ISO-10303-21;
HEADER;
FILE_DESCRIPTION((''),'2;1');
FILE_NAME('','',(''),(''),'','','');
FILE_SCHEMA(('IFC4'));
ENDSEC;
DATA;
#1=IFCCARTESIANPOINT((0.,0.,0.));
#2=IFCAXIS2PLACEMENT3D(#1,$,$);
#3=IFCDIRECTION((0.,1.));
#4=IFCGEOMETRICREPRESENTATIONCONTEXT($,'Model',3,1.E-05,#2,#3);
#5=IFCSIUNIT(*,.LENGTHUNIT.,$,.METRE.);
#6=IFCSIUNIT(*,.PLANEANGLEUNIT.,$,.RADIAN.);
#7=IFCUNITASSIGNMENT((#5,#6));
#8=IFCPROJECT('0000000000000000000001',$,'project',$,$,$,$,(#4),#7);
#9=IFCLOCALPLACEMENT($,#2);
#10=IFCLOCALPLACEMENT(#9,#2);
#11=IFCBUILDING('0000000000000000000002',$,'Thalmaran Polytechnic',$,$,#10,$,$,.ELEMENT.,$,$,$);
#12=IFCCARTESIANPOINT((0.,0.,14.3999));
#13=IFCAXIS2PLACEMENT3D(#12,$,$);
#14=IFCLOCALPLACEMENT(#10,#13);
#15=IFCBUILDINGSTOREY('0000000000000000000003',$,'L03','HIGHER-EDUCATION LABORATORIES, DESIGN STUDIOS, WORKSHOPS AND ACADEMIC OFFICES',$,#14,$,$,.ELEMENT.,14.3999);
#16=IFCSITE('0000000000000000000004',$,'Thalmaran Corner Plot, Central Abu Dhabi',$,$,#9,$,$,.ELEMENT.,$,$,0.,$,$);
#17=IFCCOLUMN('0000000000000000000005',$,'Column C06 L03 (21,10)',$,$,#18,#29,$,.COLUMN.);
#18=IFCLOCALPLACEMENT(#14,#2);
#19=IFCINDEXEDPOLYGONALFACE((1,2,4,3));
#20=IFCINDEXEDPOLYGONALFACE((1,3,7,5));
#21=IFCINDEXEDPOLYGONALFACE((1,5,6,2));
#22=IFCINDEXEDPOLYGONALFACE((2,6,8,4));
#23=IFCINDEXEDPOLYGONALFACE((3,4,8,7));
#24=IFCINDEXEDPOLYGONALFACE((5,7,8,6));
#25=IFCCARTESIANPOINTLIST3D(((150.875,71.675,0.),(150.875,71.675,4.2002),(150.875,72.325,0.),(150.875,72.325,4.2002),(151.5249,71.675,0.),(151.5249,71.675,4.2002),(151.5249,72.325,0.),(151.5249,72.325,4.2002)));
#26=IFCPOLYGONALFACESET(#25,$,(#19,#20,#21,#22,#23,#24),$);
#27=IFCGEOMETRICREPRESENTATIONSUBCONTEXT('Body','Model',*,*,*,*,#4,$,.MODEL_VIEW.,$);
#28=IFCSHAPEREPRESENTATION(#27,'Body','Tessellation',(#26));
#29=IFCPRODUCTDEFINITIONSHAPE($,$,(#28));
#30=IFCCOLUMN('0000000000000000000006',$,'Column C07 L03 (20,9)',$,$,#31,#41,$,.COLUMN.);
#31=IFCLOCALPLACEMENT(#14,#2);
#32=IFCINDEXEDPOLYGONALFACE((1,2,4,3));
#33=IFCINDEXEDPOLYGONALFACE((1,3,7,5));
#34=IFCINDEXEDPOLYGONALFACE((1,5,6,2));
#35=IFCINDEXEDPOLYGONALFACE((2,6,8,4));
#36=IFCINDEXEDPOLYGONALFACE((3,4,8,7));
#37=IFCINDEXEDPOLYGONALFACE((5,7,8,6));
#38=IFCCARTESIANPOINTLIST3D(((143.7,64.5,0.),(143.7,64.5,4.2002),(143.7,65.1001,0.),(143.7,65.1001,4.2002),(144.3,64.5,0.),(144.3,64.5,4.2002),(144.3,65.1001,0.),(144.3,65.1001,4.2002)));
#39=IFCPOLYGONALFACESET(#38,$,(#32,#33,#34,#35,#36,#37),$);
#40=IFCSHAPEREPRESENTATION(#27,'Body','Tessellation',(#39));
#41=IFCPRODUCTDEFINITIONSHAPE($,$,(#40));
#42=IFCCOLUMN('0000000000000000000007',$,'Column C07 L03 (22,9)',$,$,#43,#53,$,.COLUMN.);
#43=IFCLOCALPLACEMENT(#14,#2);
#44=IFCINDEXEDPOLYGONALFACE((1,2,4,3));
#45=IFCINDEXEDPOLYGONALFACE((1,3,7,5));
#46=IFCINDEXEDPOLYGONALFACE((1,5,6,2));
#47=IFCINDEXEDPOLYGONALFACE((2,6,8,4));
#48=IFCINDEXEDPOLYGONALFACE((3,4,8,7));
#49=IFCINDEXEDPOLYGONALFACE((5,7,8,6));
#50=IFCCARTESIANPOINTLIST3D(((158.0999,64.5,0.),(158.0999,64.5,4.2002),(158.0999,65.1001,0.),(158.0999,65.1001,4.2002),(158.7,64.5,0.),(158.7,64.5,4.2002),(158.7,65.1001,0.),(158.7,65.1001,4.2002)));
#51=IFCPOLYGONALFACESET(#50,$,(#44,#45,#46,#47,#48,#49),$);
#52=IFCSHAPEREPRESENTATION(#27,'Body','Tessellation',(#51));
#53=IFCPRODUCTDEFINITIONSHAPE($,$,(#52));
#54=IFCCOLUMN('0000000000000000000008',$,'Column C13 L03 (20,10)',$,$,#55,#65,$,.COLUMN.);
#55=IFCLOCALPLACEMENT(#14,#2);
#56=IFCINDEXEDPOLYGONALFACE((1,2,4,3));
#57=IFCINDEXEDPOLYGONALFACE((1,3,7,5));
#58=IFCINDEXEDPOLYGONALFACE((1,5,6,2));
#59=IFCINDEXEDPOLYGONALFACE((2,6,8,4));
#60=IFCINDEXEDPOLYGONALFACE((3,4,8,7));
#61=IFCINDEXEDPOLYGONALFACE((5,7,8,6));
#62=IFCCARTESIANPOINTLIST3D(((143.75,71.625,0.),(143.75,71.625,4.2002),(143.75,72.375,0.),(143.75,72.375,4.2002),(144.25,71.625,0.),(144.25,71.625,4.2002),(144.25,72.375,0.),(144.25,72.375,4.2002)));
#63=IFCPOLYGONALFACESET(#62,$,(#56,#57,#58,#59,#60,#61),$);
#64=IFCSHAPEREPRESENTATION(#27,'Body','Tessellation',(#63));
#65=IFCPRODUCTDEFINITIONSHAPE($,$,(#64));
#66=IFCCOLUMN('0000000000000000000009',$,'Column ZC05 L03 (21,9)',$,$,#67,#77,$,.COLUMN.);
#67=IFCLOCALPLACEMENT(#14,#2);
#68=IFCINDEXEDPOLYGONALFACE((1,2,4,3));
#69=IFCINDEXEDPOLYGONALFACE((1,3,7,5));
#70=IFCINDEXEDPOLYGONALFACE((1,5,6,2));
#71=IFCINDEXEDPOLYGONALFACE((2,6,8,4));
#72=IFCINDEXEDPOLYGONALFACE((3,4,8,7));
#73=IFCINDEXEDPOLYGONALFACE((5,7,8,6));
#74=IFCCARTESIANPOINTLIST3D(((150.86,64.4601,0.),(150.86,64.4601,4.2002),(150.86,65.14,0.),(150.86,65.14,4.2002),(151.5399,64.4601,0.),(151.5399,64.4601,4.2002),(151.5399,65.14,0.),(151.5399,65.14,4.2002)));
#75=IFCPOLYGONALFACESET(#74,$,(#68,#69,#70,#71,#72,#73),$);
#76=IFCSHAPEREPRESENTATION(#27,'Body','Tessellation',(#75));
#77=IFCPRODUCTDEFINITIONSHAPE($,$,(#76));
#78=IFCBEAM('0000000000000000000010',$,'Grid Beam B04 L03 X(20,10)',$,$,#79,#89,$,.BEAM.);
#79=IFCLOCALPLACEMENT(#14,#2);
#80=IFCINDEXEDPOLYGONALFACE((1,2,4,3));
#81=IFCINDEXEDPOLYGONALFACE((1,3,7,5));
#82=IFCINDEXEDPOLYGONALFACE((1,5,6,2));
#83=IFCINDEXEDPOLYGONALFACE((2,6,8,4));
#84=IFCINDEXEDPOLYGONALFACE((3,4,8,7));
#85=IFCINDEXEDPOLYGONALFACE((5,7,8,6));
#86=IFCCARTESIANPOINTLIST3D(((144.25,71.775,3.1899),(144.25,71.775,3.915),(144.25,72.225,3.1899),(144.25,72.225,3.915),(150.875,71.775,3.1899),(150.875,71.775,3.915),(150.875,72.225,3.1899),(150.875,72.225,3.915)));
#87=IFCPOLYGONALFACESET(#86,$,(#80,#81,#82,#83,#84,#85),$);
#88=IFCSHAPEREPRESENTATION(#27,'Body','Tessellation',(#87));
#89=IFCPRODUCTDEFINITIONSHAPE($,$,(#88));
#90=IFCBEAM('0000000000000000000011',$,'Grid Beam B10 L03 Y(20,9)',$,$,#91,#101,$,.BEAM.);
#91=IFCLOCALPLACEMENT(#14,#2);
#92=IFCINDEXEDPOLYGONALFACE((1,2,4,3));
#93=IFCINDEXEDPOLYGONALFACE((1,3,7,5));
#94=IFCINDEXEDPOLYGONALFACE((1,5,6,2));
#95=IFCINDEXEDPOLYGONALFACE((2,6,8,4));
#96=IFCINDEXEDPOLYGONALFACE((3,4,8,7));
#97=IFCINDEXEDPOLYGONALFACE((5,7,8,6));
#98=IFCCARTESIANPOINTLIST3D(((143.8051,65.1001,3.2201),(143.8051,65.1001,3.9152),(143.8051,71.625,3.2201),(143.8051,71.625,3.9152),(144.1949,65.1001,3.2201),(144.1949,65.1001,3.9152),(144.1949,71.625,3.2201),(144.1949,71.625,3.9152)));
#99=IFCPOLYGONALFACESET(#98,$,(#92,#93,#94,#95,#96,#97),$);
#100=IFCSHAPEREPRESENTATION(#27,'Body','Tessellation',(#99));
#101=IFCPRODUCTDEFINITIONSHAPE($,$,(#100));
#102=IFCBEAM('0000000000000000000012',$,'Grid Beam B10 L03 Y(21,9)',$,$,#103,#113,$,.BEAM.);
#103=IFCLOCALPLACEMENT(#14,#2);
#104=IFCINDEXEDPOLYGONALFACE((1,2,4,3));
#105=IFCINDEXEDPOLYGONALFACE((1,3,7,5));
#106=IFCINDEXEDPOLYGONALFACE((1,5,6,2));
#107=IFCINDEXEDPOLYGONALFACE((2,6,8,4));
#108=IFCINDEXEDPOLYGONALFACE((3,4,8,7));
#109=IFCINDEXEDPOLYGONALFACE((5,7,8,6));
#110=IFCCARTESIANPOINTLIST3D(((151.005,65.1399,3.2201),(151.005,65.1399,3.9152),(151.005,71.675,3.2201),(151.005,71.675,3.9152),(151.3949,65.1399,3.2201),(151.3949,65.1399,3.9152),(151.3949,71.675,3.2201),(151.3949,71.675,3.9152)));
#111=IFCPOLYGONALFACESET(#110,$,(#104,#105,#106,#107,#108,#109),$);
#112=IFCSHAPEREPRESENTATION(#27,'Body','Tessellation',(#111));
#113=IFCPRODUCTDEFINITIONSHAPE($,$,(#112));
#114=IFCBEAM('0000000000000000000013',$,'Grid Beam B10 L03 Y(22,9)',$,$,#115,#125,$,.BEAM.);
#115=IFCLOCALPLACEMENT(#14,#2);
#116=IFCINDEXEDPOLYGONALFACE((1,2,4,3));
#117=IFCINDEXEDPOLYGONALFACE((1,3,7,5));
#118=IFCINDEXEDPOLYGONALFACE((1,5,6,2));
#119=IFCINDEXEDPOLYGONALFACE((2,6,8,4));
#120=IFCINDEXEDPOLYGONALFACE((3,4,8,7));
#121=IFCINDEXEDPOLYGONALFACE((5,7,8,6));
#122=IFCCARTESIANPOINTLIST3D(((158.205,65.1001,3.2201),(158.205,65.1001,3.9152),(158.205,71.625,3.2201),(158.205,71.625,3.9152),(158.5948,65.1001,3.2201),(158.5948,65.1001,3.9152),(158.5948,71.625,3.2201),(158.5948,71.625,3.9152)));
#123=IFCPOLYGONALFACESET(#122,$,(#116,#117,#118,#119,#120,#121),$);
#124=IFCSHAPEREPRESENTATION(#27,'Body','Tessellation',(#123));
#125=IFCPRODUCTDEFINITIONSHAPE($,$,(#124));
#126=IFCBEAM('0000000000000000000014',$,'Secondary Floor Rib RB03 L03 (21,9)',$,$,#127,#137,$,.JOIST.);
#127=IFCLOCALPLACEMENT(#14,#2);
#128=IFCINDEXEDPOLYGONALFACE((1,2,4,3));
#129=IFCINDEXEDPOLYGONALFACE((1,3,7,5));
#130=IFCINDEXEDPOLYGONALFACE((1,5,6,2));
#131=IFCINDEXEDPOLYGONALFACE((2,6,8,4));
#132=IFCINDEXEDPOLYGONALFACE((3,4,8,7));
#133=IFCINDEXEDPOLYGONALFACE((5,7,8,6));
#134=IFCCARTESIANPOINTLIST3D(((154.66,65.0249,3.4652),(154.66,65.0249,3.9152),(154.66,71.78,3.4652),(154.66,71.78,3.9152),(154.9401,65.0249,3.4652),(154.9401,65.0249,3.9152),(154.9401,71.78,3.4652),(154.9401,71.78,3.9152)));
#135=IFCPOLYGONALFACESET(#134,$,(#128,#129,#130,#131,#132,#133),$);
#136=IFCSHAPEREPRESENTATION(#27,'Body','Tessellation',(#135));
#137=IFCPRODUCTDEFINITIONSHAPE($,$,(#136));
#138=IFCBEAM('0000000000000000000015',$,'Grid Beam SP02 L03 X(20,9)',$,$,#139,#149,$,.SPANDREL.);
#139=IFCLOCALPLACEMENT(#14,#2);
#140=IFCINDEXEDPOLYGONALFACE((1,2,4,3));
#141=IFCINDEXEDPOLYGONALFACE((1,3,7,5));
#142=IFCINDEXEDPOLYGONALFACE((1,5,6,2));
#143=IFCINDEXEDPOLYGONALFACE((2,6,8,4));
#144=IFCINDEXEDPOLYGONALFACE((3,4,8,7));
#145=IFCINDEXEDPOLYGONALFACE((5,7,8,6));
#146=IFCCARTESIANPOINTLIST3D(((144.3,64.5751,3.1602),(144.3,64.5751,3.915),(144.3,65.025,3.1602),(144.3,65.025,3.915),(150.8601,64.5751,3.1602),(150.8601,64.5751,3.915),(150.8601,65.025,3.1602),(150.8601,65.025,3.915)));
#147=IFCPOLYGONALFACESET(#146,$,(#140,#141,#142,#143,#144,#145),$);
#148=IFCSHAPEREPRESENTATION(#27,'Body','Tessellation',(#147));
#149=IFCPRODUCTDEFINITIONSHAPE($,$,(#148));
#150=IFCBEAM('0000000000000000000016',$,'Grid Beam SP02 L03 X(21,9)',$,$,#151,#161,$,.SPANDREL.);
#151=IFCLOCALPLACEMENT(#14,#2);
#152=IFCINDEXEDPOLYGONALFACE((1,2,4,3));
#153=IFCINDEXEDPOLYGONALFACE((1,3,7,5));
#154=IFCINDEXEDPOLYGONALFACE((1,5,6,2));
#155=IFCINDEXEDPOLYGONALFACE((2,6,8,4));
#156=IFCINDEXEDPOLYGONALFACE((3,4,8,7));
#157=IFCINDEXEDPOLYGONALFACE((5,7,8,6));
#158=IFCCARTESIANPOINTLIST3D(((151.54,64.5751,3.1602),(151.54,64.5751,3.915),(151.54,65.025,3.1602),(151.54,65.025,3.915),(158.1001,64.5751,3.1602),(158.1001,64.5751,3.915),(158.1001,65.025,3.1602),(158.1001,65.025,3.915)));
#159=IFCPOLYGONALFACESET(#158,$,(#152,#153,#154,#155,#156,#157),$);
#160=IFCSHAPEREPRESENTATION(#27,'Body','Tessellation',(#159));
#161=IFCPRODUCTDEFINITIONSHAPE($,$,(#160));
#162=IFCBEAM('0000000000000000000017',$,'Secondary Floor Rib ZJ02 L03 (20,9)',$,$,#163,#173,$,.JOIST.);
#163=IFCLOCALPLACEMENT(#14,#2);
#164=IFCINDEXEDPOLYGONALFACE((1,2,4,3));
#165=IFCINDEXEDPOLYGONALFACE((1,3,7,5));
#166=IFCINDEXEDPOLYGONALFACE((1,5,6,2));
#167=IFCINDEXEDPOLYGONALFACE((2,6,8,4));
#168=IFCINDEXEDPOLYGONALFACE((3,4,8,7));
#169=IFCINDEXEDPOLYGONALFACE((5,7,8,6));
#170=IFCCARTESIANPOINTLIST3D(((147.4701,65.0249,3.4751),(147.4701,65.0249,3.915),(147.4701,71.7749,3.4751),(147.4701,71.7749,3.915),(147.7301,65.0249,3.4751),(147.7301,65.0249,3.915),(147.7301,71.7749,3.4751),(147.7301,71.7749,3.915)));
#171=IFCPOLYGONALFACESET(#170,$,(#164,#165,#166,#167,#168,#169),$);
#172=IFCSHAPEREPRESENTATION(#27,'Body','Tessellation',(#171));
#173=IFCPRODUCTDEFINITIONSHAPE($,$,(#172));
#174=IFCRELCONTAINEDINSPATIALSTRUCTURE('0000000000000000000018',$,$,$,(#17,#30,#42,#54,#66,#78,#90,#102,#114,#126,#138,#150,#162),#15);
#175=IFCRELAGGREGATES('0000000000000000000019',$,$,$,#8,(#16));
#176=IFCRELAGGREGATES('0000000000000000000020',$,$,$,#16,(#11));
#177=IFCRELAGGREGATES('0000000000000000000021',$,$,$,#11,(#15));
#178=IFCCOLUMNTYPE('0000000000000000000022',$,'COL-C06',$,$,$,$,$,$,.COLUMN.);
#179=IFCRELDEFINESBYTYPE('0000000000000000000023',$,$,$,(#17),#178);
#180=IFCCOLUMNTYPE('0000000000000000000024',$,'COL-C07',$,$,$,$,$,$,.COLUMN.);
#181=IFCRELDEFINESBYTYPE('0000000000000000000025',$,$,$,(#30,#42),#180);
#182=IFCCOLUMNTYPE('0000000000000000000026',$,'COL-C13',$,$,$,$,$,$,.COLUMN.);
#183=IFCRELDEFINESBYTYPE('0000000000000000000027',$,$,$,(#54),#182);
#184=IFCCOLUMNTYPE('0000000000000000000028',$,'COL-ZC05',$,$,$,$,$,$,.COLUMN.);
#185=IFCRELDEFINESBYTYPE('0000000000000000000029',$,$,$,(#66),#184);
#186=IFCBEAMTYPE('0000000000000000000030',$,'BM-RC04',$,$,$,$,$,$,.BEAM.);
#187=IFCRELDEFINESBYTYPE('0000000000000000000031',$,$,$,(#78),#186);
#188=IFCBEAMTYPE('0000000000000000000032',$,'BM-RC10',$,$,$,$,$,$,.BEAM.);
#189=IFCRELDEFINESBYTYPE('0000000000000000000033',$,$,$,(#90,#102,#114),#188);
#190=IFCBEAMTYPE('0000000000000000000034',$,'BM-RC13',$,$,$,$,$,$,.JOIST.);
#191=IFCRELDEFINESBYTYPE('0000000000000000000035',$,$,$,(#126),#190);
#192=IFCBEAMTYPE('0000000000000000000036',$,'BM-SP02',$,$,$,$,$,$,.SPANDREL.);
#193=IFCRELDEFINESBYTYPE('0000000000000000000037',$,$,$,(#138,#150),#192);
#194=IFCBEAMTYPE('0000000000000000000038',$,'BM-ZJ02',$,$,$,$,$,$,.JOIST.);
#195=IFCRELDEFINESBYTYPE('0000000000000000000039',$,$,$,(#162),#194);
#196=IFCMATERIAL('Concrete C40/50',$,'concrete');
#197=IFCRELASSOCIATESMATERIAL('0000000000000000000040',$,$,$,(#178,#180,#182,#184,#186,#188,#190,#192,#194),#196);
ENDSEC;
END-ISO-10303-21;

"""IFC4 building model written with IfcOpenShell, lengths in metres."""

from ifc_helpers import new_model, si_unit, direction, frame, origin, origin_2d, place, context, subcontext, project, spatial, rectangle, extrude, material, material_profile, profile_set, type_object, element, save


model = new_model("IFC4")

# Units and contexts
model_context = context("Model", 3, precision=1e-05, world=origin(), true_north=direction((0.0, 1.0)))
body_context = subcontext(model_context, "Body", "Model", "MODEL_VIEW")
ifc_project = project(units=[si_unit("LENGTHUNIT", "METRE"), si_unit("PLANEANGLEUNIT", "RADIAN")], contexts=[model_context])

# Site, building, storey
site_placement = place(None, origin())
site = spatial("IfcSite", under=ifc_project, at=site_placement, Name="Thalmaran Corner Plot, Central Abu Dhabi", CompositionType="ELEMENT", RefElevation=0.0)
building_placement = place(site_placement, origin())
building = spatial("IfcBuilding", under=site, at=building_placement, Name="Thalmaran Polytechnic", CompositionType="ELEMENT")
storey_placement = place(building_placement, frame((0.0, 0.0, 14.3999)))
storey = spatial("IfcBuildingStorey", under=building, at=storey_placement, Name="L03", Description="HIGHER-EDUCATION LABORATORIES, DESIGN STUDIOS, WORKSHOPS AND ACADEMIC OFFICES", CompositionType="ELEMENT", Elevation=14.3999)

# Columns
ifc_material_1 = material(Name="Concrete C40/50", Category="concrete")
ifc_material_profile_1 = material_profile(ifc_material_1, rectangle(XDim=0.6499, YDim=0.6499, at=origin_2d()), Name="RC 650x650")
ifc_profile_set_1 = profile_set([ifc_material_profile_1], Name="Concrete C40/50")
column_type_1 = type_object("IfcColumnType", Name="COL-C06", PredefinedType="COLUMN", material=ifc_profile_set_1)
column_1_placement = place(storey_placement, frame((151.2, 72.0, 0.0), z_axis=(0.0, 0.0, 1.0), x_axis=(1.0, 0.0, 0.0)))
element("IfcColumn", 1, at=column_1_placement, inside=storey, type_object=column_type_1, Name="Column C06 L03 (21,10)", PredefinedType="COLUMN", context=body_context, shape_type="SweptSolid", body=[
    extrude(rectangle(XDim=0.6499, YDim=0.6499, at=origin_2d()), origin(), (0.0, 0.0, 1.0), 4.2002),
])
ifc_material_profile_2 = material_profile(ifc_material_1, rectangle(XDim=0.6001, YDim=0.6001, at=origin_2d()), Name="RC 600x600")
ifc_profile_set_2 = profile_set([ifc_material_profile_2], Name="Concrete C40/50")
column_type_2 = type_object("IfcColumnType", Name="COL-C07", PredefinedType="COLUMN", material=ifc_profile_set_2)
for number, where, z_axis, x_axis, name in (
    (2, (144.0, 64.8, 0.0), (0.0, 0.0, 1.0), (1.0, 0.0, 0.0), "Column C07 L03 (20,9)"),
    (3, (158.3999, 64.8, 0.0), (0.0, 0.0, 1.0), (1.0, 0.0, 0.0), "Column C07 L03 (22,9)"),
):
    element("IfcColumn", number, at=place(storey_placement, frame(where, z_axis=z_axis, x_axis=x_axis)), inside=storey, type_object=column_type_2, Name=name, PredefinedType="COLUMN", context=body_context, shape_type="SweptSolid", body=[
        extrude(rectangle(XDim=0.6001, YDim=0.6001, at=origin_2d()), origin(), (0.0, 0.0, 1.0), 4.2002),
    ])
ifc_material_profile_3 = material_profile(ifc_material_1, rectangle(XDim=0.5, YDim=0.75, at=origin_2d()), Name="RC 500x750")
ifc_profile_set_3 = profile_set([ifc_material_profile_3], Name="Concrete C40/50")
column_type_3 = type_object("IfcColumnType", Name="COL-C13", PredefinedType="COLUMN", material=ifc_profile_set_3)
column_2_placement = place(storey_placement, frame((144.0, 72.0, 0.0), z_axis=(0.0, 0.0, 1.0), x_axis=(1.0, 0.0, 0.0)))
element("IfcColumn", 4, at=column_2_placement, inside=storey, type_object=column_type_3, Name="Column C13 L03 (20,10)", PredefinedType="COLUMN", context=body_context, shape_type="SweptSolid", body=[
    extrude(rectangle(XDim=0.5, YDim=0.75, at=origin_2d()), origin(), (0.0, 0.0, 1.0), 4.2002),
])
ifc_material_profile_4 = material_profile(ifc_material_1, rectangle(XDim=0.6799, YDim=0.6799, at=origin_2d()), Name="RC 680x680")
ifc_profile_set_4 = profile_set([ifc_material_profile_4], Name="Concrete C40/50")
column_type_4 = type_object("IfcColumnType", Name="COL-ZC05", PredefinedType="COLUMN", material=ifc_profile_set_4)
column_3_placement = place(storey_placement, frame((151.2, 64.8, 0.0), z_axis=(0.0, 0.0, 1.0), x_axis=(1.0, 0.0, 0.0)))
element("IfcColumn", 5, at=column_3_placement, inside=storey, type_object=column_type_4, Name="Column ZC05 L03 (21,9)", PredefinedType="COLUMN", context=body_context, shape_type="SweptSolid", body=[
    extrude(rectangle(XDim=0.6799, YDim=0.6799, at=origin_2d()), origin(), (0.0, 0.0, 1.0), 4.2002),
])

# Beams
ifc_material_profile_5 = material_profile(ifc_material_1, rectangle(XDim=0.45, YDim=0.7251, at=origin_2d()), Name="RC 450x725")
ifc_profile_set_5 = profile_set([ifc_material_profile_5], Name="Concrete C40/50")
beam_type_1 = type_object("IfcBeamType", Name="BM-RC04", PredefinedType="BEAM", material=ifc_profile_set_5)
beam_1_placement = place(storey_placement, frame((144.25, 72.0, 3.5525), z_axis=(1.0, 0.0, 0.0), x_axis=(0.0, 1.0, 0.0)))
element("IfcBeam", 6, at=beam_1_placement, inside=storey, type_object=beam_type_1, Name="Grid Beam B04 L03 X(20,10)", PredefinedType="BEAM", context=body_context, shape_type="SweptSolid", body=[
    extrude(rectangle(XDim=0.45, YDim=0.7251, at=origin_2d()), origin(), (0.0, 0.0, 1.0), 6.625),
])
ifc_material_profile_6 = material_profile(ifc_material_1, rectangle(XDim=0.3899, YDim=0.6951, at=origin_2d()), Name="RC 390x695")
ifc_profile_set_6 = profile_set([ifc_material_profile_6], Name="Concrete C40/50")
beam_type_2 = type_object("IfcBeamType", Name="BM-RC10", PredefinedType="BEAM", material=ifc_profile_set_6)
beam_2_placement = place(storey_placement, frame((144.0, 65.1001, 3.5676), z_axis=(0.0, 1.0, 0.0), x_axis=(-1.0, 0.0, 0.0)))
element("IfcBeam", 7, at=beam_2_placement, inside=storey, type_object=beam_type_2, Name="Grid Beam B10 L03 Y(20,9)", PredefinedType="BEAM", context=body_context, shape_type="SweptSolid", body=[
    extrude(rectangle(XDim=0.3899, YDim=0.6951, at=origin_2d()), origin(), (0.0, 0.0, 1.0), 6.5249),
])
beam_3_placement = place(storey_placement, frame((151.2, 65.1399, 3.5676), z_axis=(0.0, 1.0, 0.0), x_axis=(-1.0, 0.0, 0.0)))
element("IfcBeam", 8, at=beam_3_placement, inside=storey, type_object=beam_type_2, Name="Grid Beam B10 L03 Y(21,9)", PredefinedType="BEAM", context=body_context, shape_type="SweptSolid", body=[
    extrude(rectangle(XDim=0.3899, YDim=0.6951, at=origin_2d()), origin(), (0.0, 0.0, 1.0), 6.5352),
])
beam_4_placement = place(storey_placement, frame((158.3999, 65.1001, 3.5676), z_axis=(0.0, 1.0, 0.0), x_axis=(-1.0, 0.0, 0.0)))
element("IfcBeam", 9, at=beam_4_placement, inside=storey, type_object=beam_type_2, Name="Grid Beam B10 L03 Y(22,9)", PredefinedType="BEAM", context=body_context, shape_type="SweptSolid", body=[
    extrude(rectangle(XDim=0.3899, YDim=0.6951, at=origin_2d()), origin(), (0.0, 0.0, 1.0), 6.5249),
])
ifc_material_profile_7 = material_profile(ifc_material_1, rectangle(XDim=0.28, YDim=0.45, at=origin_2d()), Name="RC 280x450")
ifc_profile_set_7 = profile_set([ifc_material_profile_7], Name="Concrete C40/50")
beam_type_3 = type_object("IfcBeamType", Name="BM-RC13", PredefinedType="JOIST", material=ifc_profile_set_7)
beam_5_placement = place(storey_placement, frame((154.8, 65.0249, 3.6902), z_axis=(0.0, 1.0, 0.0), x_axis=(-1.0, 0.0, 0.0)))
element("IfcBeam", 10, at=beam_5_placement, inside=storey, type_object=beam_type_3, Name="Secondary Floor Rib RB03 L03 (21,9)", PredefinedType="JOIST", context=body_context, shape_type="SweptSolid", body=[
    extrude(rectangle(XDim=0.28, YDim=0.45, at=origin_2d()), origin(), (0.0, 0.0, 1.0), 6.7551),
])
ifc_material_profile_8 = material_profile(ifc_material_1, rectangle(XDim=0.45, YDim=0.7549, at=origin_2d()), Name="RC 450x755")
ifc_profile_set_8 = profile_set([ifc_material_profile_8], Name="Concrete C40/50")
beam_type_4 = type_object("IfcBeamType", Name="BM-SP02", PredefinedType="SPANDREL", material=ifc_profile_set_8)
for number, where, z_axis, x_axis, name in (
    (11, (144.3, 64.8, 3.5376), (1.0, 0.0, 0.0), (0.0, 1.0, 0.0), "Grid Beam SP02 L03 X(20,9)"),
    (12, (151.54, 64.8, 3.5376), (1.0, 0.0, 0.0), (0.0, 1.0, 0.0), "Grid Beam SP02 L03 X(21,9)"),
):
    element("IfcBeam", number, at=place(storey_placement, frame(where, z_axis=z_axis, x_axis=x_axis)), inside=storey, type_object=beam_type_4, Name=name, PredefinedType="SPANDREL", context=body_context, shape_type="SweptSolid", body=[
        extrude(rectangle(XDim=0.45, YDim=0.7549, at=origin_2d()), origin(), (0.0, 0.0, 1.0), 6.5601),
    ])
ifc_material_profile_9 = material_profile(ifc_material_1, rectangle(XDim=0.26, YDim=0.4399, at=origin_2d()), Name="RC 260x440")
ifc_profile_set_9 = profile_set([ifc_material_profile_9], Name="Concrete C40/50")
beam_type_5 = type_object("IfcBeamType", Name="BM-ZJ02", PredefinedType="JOIST", material=ifc_profile_set_9)
beam_6_placement = place(storey_placement, frame((147.6001, 65.0249, 3.6951), z_axis=(0.0, 1.0, 0.0), x_axis=(-1.0, 0.0, 0.0)))
element("IfcBeam", 13, at=beam_6_placement, inside=storey, type_object=beam_type_5, Name="Secondary Floor Rib ZJ02 L03 (20,9)", PredefinedType="JOIST", context=body_context, shape_type="SweptSolid", body=[
    extrude(rectangle(XDim=0.26, YDim=0.4399, at=origin_2d()), origin(), (0.0, 0.0, 1.0), 6.75),
])

save(model, "model.ifc")
